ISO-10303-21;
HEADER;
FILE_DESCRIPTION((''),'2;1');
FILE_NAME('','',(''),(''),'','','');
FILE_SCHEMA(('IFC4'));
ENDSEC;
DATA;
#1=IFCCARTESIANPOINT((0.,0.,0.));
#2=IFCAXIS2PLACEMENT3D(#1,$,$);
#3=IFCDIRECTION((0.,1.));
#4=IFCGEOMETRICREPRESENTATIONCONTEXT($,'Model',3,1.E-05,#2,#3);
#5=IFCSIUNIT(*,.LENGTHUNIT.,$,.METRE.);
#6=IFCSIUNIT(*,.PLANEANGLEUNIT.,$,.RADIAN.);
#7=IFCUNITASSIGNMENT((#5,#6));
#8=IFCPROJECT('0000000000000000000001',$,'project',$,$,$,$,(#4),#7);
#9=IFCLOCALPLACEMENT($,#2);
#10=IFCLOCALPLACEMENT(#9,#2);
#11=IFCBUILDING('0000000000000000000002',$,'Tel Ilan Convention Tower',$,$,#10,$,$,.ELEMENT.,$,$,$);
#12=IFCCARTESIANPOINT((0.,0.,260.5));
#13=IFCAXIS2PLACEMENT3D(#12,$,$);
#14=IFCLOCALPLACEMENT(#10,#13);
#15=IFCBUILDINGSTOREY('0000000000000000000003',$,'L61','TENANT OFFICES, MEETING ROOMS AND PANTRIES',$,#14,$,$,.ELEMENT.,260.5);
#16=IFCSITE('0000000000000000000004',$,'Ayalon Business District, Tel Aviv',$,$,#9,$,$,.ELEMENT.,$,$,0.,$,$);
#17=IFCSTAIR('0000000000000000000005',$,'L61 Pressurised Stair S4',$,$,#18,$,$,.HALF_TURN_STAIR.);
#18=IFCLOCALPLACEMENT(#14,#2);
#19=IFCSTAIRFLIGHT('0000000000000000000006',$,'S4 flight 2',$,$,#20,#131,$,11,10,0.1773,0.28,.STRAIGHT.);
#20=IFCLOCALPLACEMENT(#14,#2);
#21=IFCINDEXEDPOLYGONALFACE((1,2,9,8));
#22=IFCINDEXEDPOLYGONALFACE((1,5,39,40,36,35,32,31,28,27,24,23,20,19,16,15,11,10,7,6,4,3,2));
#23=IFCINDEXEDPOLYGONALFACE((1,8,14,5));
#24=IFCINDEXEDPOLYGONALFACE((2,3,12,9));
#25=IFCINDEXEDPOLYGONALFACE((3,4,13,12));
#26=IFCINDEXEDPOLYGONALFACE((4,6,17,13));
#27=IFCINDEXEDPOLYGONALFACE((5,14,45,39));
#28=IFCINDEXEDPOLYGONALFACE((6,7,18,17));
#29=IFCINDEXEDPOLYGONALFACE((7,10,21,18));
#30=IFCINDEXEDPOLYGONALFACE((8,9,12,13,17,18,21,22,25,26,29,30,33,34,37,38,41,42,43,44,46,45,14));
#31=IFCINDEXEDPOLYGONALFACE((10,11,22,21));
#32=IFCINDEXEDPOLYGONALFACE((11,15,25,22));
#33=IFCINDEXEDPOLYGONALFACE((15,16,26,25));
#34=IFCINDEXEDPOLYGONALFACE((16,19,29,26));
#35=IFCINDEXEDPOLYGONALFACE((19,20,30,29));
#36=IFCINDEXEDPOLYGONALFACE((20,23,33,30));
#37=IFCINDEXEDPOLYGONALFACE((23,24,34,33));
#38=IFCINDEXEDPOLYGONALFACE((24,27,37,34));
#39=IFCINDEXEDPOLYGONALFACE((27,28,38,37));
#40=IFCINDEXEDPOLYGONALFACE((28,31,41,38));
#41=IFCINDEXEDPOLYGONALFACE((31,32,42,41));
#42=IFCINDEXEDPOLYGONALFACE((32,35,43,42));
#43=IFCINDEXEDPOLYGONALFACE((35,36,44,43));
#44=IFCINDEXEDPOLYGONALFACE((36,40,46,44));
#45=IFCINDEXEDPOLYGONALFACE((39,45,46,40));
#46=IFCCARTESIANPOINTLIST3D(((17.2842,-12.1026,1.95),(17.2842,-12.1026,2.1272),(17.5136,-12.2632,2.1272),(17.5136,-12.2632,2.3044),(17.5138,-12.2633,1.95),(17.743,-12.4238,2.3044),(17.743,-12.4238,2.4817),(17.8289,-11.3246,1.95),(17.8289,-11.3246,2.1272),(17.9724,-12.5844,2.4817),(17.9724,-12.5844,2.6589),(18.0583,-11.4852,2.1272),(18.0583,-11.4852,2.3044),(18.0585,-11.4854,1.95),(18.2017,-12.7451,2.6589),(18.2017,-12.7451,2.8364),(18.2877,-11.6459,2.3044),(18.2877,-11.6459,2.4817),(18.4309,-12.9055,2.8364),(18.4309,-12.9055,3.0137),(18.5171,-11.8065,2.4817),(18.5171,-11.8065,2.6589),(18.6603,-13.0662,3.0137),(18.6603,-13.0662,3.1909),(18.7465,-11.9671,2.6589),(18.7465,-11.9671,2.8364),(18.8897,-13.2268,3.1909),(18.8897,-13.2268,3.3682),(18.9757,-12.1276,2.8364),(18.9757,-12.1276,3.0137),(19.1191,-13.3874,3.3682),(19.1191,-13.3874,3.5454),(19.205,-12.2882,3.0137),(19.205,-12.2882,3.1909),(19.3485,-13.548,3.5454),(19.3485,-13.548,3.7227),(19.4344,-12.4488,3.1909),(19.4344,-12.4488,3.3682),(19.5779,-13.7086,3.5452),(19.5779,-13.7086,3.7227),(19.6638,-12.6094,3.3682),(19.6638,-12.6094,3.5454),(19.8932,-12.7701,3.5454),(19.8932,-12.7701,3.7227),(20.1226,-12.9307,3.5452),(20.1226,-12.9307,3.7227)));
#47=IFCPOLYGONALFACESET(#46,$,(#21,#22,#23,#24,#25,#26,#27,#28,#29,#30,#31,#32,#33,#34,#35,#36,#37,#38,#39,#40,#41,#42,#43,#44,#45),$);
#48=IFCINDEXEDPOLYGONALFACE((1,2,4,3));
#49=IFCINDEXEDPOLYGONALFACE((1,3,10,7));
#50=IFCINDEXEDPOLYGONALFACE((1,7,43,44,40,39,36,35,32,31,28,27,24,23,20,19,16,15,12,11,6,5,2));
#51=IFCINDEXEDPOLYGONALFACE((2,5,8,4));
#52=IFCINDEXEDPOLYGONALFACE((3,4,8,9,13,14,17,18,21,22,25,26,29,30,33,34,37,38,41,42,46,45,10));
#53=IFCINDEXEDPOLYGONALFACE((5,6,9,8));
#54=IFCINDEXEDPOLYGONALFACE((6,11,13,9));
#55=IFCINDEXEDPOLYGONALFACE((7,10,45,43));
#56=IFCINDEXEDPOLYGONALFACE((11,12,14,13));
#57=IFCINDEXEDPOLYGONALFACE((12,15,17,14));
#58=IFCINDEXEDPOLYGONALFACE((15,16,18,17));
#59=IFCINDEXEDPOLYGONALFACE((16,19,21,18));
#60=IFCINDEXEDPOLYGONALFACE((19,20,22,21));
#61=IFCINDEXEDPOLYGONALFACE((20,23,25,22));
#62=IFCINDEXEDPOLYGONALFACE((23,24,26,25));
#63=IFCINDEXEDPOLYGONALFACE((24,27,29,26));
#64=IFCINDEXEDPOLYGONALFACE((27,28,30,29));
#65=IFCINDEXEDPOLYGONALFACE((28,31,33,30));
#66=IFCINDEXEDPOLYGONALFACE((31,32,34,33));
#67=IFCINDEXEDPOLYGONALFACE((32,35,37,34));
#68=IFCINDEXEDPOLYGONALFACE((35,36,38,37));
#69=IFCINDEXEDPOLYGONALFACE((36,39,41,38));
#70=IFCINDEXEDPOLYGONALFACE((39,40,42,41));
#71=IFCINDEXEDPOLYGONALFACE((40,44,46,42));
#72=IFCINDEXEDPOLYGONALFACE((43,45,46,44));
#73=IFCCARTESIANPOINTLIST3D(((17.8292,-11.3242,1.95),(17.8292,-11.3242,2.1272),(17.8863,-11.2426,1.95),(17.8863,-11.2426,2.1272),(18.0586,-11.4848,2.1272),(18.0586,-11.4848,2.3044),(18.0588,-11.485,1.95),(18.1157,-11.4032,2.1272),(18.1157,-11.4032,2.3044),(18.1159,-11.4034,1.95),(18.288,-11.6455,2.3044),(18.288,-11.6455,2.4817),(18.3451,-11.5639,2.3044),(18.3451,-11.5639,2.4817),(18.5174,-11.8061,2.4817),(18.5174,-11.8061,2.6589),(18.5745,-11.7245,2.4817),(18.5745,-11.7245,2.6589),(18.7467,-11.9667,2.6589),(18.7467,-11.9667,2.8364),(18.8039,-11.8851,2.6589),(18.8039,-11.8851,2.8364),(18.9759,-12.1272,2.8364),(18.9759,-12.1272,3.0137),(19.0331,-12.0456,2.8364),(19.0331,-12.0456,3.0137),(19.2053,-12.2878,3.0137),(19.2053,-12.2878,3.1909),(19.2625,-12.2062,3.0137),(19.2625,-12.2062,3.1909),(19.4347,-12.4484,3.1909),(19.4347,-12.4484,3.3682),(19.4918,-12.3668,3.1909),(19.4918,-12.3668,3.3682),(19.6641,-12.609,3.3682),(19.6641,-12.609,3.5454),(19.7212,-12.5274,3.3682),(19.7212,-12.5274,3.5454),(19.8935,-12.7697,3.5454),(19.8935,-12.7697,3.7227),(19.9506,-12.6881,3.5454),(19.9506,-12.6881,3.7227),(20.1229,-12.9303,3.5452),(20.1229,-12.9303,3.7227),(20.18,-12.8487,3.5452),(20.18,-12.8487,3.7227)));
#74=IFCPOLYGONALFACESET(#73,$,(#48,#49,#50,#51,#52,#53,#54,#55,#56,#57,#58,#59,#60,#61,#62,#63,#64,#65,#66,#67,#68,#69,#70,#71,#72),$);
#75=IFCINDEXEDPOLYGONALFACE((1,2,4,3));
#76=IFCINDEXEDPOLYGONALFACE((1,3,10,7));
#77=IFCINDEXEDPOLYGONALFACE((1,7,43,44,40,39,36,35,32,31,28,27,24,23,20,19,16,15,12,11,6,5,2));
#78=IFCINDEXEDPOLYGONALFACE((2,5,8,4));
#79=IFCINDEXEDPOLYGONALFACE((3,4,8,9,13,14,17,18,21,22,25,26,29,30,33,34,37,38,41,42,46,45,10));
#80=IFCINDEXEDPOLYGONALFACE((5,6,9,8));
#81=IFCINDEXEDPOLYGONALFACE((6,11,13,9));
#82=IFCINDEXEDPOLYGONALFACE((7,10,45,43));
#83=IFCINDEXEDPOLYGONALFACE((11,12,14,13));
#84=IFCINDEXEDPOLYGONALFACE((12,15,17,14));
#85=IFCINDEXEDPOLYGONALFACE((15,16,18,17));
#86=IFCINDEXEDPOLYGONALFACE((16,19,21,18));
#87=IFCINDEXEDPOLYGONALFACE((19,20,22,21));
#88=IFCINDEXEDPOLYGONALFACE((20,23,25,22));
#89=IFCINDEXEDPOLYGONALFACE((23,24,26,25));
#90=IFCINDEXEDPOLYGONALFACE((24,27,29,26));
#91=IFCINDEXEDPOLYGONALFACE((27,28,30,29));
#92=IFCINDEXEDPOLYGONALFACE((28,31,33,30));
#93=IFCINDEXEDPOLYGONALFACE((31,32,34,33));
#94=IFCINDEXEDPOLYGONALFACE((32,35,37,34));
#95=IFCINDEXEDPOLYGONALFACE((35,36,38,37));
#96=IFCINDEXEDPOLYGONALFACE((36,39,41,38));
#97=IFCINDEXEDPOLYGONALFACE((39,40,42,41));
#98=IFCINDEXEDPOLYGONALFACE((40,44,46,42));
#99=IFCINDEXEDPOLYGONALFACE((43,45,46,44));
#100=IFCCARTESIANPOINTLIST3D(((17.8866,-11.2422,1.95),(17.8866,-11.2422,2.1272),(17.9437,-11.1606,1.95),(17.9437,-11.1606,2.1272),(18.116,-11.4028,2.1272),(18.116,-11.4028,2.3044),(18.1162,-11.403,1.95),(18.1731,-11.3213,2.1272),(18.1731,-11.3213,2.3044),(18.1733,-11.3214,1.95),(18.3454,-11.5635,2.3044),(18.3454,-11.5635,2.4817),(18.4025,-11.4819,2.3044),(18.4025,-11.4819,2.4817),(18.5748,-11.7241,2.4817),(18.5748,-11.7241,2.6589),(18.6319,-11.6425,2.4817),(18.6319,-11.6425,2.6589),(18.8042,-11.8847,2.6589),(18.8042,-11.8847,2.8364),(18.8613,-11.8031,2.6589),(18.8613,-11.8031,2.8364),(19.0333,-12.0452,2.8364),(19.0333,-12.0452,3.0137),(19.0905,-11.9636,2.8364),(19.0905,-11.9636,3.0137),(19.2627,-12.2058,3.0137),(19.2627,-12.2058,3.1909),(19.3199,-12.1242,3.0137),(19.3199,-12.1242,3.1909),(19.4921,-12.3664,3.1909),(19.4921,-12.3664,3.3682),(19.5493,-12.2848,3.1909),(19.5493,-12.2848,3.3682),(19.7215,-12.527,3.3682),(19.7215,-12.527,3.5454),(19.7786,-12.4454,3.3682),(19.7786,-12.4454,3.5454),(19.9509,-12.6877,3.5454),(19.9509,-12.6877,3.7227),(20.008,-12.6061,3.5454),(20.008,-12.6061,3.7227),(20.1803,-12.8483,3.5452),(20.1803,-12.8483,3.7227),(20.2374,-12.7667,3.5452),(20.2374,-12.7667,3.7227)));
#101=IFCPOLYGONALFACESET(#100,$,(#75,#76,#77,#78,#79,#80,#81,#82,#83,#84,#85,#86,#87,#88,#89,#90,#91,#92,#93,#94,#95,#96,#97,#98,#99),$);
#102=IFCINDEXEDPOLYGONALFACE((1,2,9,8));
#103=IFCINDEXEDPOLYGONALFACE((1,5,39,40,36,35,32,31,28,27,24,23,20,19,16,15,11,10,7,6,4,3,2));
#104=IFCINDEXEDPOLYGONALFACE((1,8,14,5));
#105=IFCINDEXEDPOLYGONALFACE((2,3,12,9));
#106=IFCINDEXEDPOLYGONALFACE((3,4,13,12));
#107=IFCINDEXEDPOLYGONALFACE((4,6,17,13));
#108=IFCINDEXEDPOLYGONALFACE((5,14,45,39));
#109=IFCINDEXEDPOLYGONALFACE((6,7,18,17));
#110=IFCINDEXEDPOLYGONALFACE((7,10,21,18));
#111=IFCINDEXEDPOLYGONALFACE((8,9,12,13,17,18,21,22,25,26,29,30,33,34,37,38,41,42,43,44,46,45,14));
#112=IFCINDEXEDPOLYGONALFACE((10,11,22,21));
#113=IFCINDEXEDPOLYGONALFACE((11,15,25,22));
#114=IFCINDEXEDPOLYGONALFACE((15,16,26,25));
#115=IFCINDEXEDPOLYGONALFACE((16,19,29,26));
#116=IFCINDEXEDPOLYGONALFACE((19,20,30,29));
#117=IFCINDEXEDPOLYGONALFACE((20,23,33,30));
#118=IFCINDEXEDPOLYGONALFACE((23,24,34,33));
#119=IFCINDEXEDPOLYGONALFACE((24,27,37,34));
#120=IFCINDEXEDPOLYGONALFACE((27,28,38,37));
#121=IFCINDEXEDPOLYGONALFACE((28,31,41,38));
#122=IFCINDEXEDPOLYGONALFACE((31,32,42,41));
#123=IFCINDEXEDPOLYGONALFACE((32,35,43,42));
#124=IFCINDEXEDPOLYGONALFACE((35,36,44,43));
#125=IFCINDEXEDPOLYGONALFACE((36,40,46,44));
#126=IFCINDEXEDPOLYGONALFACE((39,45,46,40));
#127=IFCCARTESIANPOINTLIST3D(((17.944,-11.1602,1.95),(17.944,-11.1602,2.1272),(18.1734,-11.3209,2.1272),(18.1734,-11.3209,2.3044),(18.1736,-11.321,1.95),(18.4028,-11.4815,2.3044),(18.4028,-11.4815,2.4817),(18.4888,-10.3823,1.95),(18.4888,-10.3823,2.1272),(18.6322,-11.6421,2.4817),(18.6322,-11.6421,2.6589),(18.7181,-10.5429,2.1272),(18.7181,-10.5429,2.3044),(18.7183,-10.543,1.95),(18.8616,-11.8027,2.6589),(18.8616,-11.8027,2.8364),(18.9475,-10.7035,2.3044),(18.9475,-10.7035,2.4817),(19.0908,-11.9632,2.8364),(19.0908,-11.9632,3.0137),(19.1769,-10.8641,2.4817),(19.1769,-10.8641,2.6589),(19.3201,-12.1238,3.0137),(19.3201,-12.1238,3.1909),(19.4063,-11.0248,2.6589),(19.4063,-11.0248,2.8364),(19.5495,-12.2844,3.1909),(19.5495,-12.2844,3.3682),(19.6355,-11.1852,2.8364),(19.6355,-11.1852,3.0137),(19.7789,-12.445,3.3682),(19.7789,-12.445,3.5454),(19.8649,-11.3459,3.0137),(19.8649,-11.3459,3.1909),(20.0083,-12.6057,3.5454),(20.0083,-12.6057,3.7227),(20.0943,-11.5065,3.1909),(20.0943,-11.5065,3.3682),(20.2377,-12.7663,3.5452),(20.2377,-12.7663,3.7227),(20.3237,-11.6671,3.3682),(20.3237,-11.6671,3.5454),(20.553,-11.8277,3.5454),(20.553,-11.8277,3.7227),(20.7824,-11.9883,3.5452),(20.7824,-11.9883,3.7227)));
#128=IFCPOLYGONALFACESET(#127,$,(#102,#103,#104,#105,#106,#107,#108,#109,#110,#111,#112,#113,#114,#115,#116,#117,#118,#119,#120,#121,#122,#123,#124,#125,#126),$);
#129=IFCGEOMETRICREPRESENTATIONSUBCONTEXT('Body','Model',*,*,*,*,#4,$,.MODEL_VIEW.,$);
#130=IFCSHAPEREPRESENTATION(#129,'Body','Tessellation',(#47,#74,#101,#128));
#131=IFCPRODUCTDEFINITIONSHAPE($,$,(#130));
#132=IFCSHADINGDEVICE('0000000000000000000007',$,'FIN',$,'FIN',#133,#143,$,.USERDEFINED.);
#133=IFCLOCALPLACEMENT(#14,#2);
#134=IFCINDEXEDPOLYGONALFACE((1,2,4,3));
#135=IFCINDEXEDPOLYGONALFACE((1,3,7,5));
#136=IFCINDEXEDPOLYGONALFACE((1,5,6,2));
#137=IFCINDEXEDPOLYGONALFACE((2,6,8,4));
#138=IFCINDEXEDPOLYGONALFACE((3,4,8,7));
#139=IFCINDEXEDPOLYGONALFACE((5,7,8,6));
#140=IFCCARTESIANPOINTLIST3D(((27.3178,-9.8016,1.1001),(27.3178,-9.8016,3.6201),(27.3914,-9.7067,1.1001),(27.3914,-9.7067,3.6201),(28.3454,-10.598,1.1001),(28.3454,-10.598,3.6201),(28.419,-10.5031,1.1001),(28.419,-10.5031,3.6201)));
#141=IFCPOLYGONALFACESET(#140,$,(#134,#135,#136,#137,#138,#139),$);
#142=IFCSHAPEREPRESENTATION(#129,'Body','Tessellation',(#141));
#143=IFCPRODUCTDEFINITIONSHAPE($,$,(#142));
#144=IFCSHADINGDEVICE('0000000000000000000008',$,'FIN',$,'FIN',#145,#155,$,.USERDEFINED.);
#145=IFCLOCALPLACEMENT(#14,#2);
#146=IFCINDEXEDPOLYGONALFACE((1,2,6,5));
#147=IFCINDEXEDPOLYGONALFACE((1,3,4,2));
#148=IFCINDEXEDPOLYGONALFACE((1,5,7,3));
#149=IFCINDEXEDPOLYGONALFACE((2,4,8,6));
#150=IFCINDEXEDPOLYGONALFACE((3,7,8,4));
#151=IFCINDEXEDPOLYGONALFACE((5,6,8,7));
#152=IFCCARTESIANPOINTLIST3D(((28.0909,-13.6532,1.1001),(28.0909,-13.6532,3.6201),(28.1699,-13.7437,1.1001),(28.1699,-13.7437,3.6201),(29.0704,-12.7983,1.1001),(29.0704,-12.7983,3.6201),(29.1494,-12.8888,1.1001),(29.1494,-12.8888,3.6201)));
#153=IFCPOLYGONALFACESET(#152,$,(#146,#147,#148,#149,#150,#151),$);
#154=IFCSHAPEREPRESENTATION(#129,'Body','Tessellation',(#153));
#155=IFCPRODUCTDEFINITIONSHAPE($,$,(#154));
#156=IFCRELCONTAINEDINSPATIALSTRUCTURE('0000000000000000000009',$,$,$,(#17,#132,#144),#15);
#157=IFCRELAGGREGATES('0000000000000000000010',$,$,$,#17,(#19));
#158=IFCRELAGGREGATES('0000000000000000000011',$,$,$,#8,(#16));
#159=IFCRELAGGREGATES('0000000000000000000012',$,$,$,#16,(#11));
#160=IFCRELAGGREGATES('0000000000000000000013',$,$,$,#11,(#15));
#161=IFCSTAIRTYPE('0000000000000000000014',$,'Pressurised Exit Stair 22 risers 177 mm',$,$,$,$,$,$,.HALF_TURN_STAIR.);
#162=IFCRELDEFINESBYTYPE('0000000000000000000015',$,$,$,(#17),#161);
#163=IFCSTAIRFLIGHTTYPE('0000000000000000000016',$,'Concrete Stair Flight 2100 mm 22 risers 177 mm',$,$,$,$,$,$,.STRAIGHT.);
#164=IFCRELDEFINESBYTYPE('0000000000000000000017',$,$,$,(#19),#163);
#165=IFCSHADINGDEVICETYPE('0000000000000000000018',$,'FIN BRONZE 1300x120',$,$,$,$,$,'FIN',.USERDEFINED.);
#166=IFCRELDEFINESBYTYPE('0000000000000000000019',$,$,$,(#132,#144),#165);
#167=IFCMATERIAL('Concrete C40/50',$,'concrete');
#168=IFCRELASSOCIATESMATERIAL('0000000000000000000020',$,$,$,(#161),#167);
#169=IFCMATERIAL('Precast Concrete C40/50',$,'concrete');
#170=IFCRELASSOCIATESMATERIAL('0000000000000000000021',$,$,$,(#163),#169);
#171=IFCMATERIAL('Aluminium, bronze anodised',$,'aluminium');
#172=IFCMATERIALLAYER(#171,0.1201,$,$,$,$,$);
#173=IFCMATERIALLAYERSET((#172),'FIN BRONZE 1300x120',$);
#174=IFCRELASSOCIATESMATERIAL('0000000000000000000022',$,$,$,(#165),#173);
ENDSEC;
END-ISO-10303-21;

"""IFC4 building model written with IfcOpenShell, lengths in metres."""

from ifc_helpers import new_model, si_unit, direction, frame, origin, origin_2d, place, context, subcontext, project, spatial, polyline, rectangle, outline, extrude, material, layer, layer_set, type_object, element, aggregate, save


model = new_model("IFC4")

# Units and contexts
model_context = context("Model", 3, precision=1e-05, world=origin(), true_north=direction((0.0, 1.0)))
body_context = subcontext(model_context, "Body", "Model", "MODEL_VIEW")
ifc_project = project(units=[si_unit("LENGTHUNIT", "METRE"), si_unit("PLANEANGLEUNIT", "RADIAN")], contexts=[model_context])

# Site, building, storey
site_placement = place(None, origin())
site = spatial("IfcSite", under=ifc_project, at=site_placement, Name="Ayalon Business District, Tel Aviv", CompositionType="ELEMENT", RefElevation=0.0)
building_placement = place(site_placement, origin())
building = spatial("IfcBuilding", under=site, at=building_placement, Name="Tel Ilan Convention Tower", CompositionType="ELEMENT")
storey_placement = place(building_placement, frame((0.0, 0.0, 260.5)))
storey = spatial("IfcBuildingStorey", under=building, at=storey_placement, Name="L61", Description="TENANT OFFICES, MEETING ROOMS AND PANTRIES", CompositionType="ELEMENT", Elevation=260.5)

# Stair, stair flight
ifc_material_1 = material(Name="Concrete C40/50", Category="concrete")
stair_type = type_object("IfcStairType", Name="Pressurised Exit Stair 22 risers 177 mm", PredefinedType="HALF_TURN_STAIR", material=ifc_material_1)
stair_placement = place(storey_placement, origin())
stair = element("IfcStair", 1, at=stair_placement, inside=storey, type_object=stair_type, Name="L61 Pressurised Stair S4", PredefinedType="HALF_TURN_STAIR")
ifc_material_2 = material(Name="Precast Concrete C40/50", Category="concrete")
stair_flight_type = type_object("IfcStairFlightType", Name="Concrete Stair Flight 2100 mm 22 risers 177 mm", PredefinedType="STRAIGHT", material=ifc_material_2)
stair_flight_1_placement = place(storey_placement, frame((17.8865, -11.2424, 1.95), z_axis=(0.0, 0.0, 1.0), x_axis=(0.819152, -0.573576, 0.0)))
stair_flight_1 = element("IfcStairFlight", 2, at=stair_flight_1_placement, type_object=stair_flight_type, Name="S4 flight 2", NumberOfRisers=11, NumberOfTreads=10, PredefinedType="STRAIGHT", RiserHeight=0.1773, TreadLength=0.28, context=body_context, shape_type="SweptSolid", body=[
    extrude(outline(polyline([(0.0, 0.0), (0.0, 0.1772), (0.28, 0.1772), (0.28, 0.3545), (0.5601, 0.3545), (0.5601, 0.5317), (0.8401, 0.5317), (0.8401, 0.709), (1.1201, 0.709), (1.1201, 0.8865), (1.3999, 0.8865), (1.3999, 1.0637), (1.6799, 1.0637), (1.6799, 1.241), (1.96, 1.241), (1.96, 1.4182), (2.24, 1.4182), (2.24, 1.5955), (2.52, 1.5955), (2.52, 1.7727), (2.8, 1.7727), (2.8, 1.95), (2.8, 1.5952), (0.2803, 0.0), (0.0, 0.0)])), frame((0.0, -0.1003, 0.0), z_axis=(0.0, -1.0, 0.0), x_axis=(1.0, 0.0, 0.0)), (0.0, 0.0, 1.0), 0.9497),
    extrude(outline(polyline([(0.0, 0.0), (0.0, 0.1772), (0.28, 0.1772), (0.28, 0.3545), (0.5601, 0.3545), (0.5601, 0.5317), (0.8401, 0.5317), (0.8401, 0.709), (1.1201, 0.709), (1.1201, 0.8865), (1.3999, 0.8865), (1.3999, 1.0637), (1.6799, 1.0637), (1.6799, 1.241), (1.96, 1.241), (1.96, 1.4182), (2.24, 1.4182), (2.24, 1.5955), (2.52, 1.5955), (2.52, 1.7727), (2.8, 1.7727), (2.8, 1.95), (2.8, 1.5952), (0.2803, 0.0), (0.0, 0.0)])), frame((0.0, -0.0002, 0.0), z_axis=(0.0, -1.0, 0.0), x_axis=(1.0, 0.0, 0.0)), (0.0, 0.0, 1.0), 0.0996),
    extrude(outline(polyline([(0.0, 0.0), (0.0, 0.1772), (0.28, 0.1772), (0.28, 0.3545), (0.5601, 0.3545), (0.5601, 0.5317), (0.8401, 0.5317), (0.8401, 0.709), (1.1201, 0.709), (1.1201, 0.8865), (1.3999, 0.8865), (1.3999, 1.0637), (1.6799, 1.0637), (1.6799, 1.241), (1.96, 1.241), (1.96, 1.4182), (2.24, 1.4182), (2.24, 1.5955), (2.52, 1.5955), (2.52, 1.7727), (2.8, 1.7727), (2.8, 1.95), (2.8, 1.5952), (0.2803, 0.0), (0.0, 0.0)])), frame((0.0, 0.0999, 0.0), z_axis=(0.0, -1.0, 0.0), x_axis=(1.0, 0.0, 0.0)), (0.0, 0.0, 1.0), 0.0996),
    extrude(outline(polyline([(0.0, 0.0), (0.0, 0.1772), (0.28, 0.1772), (0.28, 0.3545), (0.5601, 0.3545), (0.5601, 0.5317), (0.8401, 0.5317), (0.8401, 0.709), (1.1201, 0.709), (1.1201, 0.8865), (1.3999, 0.8865), (1.3999, 1.0637), (1.6799, 1.0637), (1.6799, 1.241), (1.96, 1.241), (1.96, 1.4182), (2.24, 1.4182), (2.24, 1.5955), (2.52, 1.5955), (2.52, 1.7727), (2.8, 1.7727), (2.8, 1.95), (2.8, 1.5952), (0.2803, 0.0), (0.0, 0.0)])), frame((0.0, 1.05, 0.0), z_axis=(0.0, -1.0, 0.0), x_axis=(1.0, 0.0, 0.0)), (0.0, 0.0, 1.0), 0.9497),
])
aggregate(stair, [stair_flight_1])

# Shading devices
ifc_material_3 = material(Name="Aluminium, bronze anodised", Category="aluminium")
ifc_layer_1 = layer(ifc_material_3, 0.1201)
ifc_layer_set_1 = layer_set([ifc_layer_1], Name="FIN BRONZE 1300x120")
shading_device_type = type_object("IfcShadingDeviceType", Name="FIN BRONZE 1300x120", ElementType="FIN", PredefinedType="USERDEFINED", material=ifc_layer_set_1)
for number, where, z_axis, x_axis, name in (
    (3, (27.8684, -10.1523, 1.1001), (0.0, 0.0, 1.0), (0.790393, -0.612601, 0.0), "FIN"),
    (4, (28.6201, -13.271, 1.1001), (0.0, 0.0, 1.0), (0.753436, 0.657521, 0.0), "FIN"),
):
    element("IfcShadingDevice", number, at=place(storey_placement, frame(where, z_axis=z_axis, x_axis=x_axis)), inside=storey, type_object=shading_device_type, Name=name, ObjectType="FIN", PredefinedType="USERDEFINED", context=body_context, shape_type="SweptSolid", body=[
        extrude(rectangle(XDim=1.3, YDim=0.1201, at=origin_2d()), origin(), (0.0, 0.0, 1.0), 2.52),
    ])

save(model, "model.ifc")
